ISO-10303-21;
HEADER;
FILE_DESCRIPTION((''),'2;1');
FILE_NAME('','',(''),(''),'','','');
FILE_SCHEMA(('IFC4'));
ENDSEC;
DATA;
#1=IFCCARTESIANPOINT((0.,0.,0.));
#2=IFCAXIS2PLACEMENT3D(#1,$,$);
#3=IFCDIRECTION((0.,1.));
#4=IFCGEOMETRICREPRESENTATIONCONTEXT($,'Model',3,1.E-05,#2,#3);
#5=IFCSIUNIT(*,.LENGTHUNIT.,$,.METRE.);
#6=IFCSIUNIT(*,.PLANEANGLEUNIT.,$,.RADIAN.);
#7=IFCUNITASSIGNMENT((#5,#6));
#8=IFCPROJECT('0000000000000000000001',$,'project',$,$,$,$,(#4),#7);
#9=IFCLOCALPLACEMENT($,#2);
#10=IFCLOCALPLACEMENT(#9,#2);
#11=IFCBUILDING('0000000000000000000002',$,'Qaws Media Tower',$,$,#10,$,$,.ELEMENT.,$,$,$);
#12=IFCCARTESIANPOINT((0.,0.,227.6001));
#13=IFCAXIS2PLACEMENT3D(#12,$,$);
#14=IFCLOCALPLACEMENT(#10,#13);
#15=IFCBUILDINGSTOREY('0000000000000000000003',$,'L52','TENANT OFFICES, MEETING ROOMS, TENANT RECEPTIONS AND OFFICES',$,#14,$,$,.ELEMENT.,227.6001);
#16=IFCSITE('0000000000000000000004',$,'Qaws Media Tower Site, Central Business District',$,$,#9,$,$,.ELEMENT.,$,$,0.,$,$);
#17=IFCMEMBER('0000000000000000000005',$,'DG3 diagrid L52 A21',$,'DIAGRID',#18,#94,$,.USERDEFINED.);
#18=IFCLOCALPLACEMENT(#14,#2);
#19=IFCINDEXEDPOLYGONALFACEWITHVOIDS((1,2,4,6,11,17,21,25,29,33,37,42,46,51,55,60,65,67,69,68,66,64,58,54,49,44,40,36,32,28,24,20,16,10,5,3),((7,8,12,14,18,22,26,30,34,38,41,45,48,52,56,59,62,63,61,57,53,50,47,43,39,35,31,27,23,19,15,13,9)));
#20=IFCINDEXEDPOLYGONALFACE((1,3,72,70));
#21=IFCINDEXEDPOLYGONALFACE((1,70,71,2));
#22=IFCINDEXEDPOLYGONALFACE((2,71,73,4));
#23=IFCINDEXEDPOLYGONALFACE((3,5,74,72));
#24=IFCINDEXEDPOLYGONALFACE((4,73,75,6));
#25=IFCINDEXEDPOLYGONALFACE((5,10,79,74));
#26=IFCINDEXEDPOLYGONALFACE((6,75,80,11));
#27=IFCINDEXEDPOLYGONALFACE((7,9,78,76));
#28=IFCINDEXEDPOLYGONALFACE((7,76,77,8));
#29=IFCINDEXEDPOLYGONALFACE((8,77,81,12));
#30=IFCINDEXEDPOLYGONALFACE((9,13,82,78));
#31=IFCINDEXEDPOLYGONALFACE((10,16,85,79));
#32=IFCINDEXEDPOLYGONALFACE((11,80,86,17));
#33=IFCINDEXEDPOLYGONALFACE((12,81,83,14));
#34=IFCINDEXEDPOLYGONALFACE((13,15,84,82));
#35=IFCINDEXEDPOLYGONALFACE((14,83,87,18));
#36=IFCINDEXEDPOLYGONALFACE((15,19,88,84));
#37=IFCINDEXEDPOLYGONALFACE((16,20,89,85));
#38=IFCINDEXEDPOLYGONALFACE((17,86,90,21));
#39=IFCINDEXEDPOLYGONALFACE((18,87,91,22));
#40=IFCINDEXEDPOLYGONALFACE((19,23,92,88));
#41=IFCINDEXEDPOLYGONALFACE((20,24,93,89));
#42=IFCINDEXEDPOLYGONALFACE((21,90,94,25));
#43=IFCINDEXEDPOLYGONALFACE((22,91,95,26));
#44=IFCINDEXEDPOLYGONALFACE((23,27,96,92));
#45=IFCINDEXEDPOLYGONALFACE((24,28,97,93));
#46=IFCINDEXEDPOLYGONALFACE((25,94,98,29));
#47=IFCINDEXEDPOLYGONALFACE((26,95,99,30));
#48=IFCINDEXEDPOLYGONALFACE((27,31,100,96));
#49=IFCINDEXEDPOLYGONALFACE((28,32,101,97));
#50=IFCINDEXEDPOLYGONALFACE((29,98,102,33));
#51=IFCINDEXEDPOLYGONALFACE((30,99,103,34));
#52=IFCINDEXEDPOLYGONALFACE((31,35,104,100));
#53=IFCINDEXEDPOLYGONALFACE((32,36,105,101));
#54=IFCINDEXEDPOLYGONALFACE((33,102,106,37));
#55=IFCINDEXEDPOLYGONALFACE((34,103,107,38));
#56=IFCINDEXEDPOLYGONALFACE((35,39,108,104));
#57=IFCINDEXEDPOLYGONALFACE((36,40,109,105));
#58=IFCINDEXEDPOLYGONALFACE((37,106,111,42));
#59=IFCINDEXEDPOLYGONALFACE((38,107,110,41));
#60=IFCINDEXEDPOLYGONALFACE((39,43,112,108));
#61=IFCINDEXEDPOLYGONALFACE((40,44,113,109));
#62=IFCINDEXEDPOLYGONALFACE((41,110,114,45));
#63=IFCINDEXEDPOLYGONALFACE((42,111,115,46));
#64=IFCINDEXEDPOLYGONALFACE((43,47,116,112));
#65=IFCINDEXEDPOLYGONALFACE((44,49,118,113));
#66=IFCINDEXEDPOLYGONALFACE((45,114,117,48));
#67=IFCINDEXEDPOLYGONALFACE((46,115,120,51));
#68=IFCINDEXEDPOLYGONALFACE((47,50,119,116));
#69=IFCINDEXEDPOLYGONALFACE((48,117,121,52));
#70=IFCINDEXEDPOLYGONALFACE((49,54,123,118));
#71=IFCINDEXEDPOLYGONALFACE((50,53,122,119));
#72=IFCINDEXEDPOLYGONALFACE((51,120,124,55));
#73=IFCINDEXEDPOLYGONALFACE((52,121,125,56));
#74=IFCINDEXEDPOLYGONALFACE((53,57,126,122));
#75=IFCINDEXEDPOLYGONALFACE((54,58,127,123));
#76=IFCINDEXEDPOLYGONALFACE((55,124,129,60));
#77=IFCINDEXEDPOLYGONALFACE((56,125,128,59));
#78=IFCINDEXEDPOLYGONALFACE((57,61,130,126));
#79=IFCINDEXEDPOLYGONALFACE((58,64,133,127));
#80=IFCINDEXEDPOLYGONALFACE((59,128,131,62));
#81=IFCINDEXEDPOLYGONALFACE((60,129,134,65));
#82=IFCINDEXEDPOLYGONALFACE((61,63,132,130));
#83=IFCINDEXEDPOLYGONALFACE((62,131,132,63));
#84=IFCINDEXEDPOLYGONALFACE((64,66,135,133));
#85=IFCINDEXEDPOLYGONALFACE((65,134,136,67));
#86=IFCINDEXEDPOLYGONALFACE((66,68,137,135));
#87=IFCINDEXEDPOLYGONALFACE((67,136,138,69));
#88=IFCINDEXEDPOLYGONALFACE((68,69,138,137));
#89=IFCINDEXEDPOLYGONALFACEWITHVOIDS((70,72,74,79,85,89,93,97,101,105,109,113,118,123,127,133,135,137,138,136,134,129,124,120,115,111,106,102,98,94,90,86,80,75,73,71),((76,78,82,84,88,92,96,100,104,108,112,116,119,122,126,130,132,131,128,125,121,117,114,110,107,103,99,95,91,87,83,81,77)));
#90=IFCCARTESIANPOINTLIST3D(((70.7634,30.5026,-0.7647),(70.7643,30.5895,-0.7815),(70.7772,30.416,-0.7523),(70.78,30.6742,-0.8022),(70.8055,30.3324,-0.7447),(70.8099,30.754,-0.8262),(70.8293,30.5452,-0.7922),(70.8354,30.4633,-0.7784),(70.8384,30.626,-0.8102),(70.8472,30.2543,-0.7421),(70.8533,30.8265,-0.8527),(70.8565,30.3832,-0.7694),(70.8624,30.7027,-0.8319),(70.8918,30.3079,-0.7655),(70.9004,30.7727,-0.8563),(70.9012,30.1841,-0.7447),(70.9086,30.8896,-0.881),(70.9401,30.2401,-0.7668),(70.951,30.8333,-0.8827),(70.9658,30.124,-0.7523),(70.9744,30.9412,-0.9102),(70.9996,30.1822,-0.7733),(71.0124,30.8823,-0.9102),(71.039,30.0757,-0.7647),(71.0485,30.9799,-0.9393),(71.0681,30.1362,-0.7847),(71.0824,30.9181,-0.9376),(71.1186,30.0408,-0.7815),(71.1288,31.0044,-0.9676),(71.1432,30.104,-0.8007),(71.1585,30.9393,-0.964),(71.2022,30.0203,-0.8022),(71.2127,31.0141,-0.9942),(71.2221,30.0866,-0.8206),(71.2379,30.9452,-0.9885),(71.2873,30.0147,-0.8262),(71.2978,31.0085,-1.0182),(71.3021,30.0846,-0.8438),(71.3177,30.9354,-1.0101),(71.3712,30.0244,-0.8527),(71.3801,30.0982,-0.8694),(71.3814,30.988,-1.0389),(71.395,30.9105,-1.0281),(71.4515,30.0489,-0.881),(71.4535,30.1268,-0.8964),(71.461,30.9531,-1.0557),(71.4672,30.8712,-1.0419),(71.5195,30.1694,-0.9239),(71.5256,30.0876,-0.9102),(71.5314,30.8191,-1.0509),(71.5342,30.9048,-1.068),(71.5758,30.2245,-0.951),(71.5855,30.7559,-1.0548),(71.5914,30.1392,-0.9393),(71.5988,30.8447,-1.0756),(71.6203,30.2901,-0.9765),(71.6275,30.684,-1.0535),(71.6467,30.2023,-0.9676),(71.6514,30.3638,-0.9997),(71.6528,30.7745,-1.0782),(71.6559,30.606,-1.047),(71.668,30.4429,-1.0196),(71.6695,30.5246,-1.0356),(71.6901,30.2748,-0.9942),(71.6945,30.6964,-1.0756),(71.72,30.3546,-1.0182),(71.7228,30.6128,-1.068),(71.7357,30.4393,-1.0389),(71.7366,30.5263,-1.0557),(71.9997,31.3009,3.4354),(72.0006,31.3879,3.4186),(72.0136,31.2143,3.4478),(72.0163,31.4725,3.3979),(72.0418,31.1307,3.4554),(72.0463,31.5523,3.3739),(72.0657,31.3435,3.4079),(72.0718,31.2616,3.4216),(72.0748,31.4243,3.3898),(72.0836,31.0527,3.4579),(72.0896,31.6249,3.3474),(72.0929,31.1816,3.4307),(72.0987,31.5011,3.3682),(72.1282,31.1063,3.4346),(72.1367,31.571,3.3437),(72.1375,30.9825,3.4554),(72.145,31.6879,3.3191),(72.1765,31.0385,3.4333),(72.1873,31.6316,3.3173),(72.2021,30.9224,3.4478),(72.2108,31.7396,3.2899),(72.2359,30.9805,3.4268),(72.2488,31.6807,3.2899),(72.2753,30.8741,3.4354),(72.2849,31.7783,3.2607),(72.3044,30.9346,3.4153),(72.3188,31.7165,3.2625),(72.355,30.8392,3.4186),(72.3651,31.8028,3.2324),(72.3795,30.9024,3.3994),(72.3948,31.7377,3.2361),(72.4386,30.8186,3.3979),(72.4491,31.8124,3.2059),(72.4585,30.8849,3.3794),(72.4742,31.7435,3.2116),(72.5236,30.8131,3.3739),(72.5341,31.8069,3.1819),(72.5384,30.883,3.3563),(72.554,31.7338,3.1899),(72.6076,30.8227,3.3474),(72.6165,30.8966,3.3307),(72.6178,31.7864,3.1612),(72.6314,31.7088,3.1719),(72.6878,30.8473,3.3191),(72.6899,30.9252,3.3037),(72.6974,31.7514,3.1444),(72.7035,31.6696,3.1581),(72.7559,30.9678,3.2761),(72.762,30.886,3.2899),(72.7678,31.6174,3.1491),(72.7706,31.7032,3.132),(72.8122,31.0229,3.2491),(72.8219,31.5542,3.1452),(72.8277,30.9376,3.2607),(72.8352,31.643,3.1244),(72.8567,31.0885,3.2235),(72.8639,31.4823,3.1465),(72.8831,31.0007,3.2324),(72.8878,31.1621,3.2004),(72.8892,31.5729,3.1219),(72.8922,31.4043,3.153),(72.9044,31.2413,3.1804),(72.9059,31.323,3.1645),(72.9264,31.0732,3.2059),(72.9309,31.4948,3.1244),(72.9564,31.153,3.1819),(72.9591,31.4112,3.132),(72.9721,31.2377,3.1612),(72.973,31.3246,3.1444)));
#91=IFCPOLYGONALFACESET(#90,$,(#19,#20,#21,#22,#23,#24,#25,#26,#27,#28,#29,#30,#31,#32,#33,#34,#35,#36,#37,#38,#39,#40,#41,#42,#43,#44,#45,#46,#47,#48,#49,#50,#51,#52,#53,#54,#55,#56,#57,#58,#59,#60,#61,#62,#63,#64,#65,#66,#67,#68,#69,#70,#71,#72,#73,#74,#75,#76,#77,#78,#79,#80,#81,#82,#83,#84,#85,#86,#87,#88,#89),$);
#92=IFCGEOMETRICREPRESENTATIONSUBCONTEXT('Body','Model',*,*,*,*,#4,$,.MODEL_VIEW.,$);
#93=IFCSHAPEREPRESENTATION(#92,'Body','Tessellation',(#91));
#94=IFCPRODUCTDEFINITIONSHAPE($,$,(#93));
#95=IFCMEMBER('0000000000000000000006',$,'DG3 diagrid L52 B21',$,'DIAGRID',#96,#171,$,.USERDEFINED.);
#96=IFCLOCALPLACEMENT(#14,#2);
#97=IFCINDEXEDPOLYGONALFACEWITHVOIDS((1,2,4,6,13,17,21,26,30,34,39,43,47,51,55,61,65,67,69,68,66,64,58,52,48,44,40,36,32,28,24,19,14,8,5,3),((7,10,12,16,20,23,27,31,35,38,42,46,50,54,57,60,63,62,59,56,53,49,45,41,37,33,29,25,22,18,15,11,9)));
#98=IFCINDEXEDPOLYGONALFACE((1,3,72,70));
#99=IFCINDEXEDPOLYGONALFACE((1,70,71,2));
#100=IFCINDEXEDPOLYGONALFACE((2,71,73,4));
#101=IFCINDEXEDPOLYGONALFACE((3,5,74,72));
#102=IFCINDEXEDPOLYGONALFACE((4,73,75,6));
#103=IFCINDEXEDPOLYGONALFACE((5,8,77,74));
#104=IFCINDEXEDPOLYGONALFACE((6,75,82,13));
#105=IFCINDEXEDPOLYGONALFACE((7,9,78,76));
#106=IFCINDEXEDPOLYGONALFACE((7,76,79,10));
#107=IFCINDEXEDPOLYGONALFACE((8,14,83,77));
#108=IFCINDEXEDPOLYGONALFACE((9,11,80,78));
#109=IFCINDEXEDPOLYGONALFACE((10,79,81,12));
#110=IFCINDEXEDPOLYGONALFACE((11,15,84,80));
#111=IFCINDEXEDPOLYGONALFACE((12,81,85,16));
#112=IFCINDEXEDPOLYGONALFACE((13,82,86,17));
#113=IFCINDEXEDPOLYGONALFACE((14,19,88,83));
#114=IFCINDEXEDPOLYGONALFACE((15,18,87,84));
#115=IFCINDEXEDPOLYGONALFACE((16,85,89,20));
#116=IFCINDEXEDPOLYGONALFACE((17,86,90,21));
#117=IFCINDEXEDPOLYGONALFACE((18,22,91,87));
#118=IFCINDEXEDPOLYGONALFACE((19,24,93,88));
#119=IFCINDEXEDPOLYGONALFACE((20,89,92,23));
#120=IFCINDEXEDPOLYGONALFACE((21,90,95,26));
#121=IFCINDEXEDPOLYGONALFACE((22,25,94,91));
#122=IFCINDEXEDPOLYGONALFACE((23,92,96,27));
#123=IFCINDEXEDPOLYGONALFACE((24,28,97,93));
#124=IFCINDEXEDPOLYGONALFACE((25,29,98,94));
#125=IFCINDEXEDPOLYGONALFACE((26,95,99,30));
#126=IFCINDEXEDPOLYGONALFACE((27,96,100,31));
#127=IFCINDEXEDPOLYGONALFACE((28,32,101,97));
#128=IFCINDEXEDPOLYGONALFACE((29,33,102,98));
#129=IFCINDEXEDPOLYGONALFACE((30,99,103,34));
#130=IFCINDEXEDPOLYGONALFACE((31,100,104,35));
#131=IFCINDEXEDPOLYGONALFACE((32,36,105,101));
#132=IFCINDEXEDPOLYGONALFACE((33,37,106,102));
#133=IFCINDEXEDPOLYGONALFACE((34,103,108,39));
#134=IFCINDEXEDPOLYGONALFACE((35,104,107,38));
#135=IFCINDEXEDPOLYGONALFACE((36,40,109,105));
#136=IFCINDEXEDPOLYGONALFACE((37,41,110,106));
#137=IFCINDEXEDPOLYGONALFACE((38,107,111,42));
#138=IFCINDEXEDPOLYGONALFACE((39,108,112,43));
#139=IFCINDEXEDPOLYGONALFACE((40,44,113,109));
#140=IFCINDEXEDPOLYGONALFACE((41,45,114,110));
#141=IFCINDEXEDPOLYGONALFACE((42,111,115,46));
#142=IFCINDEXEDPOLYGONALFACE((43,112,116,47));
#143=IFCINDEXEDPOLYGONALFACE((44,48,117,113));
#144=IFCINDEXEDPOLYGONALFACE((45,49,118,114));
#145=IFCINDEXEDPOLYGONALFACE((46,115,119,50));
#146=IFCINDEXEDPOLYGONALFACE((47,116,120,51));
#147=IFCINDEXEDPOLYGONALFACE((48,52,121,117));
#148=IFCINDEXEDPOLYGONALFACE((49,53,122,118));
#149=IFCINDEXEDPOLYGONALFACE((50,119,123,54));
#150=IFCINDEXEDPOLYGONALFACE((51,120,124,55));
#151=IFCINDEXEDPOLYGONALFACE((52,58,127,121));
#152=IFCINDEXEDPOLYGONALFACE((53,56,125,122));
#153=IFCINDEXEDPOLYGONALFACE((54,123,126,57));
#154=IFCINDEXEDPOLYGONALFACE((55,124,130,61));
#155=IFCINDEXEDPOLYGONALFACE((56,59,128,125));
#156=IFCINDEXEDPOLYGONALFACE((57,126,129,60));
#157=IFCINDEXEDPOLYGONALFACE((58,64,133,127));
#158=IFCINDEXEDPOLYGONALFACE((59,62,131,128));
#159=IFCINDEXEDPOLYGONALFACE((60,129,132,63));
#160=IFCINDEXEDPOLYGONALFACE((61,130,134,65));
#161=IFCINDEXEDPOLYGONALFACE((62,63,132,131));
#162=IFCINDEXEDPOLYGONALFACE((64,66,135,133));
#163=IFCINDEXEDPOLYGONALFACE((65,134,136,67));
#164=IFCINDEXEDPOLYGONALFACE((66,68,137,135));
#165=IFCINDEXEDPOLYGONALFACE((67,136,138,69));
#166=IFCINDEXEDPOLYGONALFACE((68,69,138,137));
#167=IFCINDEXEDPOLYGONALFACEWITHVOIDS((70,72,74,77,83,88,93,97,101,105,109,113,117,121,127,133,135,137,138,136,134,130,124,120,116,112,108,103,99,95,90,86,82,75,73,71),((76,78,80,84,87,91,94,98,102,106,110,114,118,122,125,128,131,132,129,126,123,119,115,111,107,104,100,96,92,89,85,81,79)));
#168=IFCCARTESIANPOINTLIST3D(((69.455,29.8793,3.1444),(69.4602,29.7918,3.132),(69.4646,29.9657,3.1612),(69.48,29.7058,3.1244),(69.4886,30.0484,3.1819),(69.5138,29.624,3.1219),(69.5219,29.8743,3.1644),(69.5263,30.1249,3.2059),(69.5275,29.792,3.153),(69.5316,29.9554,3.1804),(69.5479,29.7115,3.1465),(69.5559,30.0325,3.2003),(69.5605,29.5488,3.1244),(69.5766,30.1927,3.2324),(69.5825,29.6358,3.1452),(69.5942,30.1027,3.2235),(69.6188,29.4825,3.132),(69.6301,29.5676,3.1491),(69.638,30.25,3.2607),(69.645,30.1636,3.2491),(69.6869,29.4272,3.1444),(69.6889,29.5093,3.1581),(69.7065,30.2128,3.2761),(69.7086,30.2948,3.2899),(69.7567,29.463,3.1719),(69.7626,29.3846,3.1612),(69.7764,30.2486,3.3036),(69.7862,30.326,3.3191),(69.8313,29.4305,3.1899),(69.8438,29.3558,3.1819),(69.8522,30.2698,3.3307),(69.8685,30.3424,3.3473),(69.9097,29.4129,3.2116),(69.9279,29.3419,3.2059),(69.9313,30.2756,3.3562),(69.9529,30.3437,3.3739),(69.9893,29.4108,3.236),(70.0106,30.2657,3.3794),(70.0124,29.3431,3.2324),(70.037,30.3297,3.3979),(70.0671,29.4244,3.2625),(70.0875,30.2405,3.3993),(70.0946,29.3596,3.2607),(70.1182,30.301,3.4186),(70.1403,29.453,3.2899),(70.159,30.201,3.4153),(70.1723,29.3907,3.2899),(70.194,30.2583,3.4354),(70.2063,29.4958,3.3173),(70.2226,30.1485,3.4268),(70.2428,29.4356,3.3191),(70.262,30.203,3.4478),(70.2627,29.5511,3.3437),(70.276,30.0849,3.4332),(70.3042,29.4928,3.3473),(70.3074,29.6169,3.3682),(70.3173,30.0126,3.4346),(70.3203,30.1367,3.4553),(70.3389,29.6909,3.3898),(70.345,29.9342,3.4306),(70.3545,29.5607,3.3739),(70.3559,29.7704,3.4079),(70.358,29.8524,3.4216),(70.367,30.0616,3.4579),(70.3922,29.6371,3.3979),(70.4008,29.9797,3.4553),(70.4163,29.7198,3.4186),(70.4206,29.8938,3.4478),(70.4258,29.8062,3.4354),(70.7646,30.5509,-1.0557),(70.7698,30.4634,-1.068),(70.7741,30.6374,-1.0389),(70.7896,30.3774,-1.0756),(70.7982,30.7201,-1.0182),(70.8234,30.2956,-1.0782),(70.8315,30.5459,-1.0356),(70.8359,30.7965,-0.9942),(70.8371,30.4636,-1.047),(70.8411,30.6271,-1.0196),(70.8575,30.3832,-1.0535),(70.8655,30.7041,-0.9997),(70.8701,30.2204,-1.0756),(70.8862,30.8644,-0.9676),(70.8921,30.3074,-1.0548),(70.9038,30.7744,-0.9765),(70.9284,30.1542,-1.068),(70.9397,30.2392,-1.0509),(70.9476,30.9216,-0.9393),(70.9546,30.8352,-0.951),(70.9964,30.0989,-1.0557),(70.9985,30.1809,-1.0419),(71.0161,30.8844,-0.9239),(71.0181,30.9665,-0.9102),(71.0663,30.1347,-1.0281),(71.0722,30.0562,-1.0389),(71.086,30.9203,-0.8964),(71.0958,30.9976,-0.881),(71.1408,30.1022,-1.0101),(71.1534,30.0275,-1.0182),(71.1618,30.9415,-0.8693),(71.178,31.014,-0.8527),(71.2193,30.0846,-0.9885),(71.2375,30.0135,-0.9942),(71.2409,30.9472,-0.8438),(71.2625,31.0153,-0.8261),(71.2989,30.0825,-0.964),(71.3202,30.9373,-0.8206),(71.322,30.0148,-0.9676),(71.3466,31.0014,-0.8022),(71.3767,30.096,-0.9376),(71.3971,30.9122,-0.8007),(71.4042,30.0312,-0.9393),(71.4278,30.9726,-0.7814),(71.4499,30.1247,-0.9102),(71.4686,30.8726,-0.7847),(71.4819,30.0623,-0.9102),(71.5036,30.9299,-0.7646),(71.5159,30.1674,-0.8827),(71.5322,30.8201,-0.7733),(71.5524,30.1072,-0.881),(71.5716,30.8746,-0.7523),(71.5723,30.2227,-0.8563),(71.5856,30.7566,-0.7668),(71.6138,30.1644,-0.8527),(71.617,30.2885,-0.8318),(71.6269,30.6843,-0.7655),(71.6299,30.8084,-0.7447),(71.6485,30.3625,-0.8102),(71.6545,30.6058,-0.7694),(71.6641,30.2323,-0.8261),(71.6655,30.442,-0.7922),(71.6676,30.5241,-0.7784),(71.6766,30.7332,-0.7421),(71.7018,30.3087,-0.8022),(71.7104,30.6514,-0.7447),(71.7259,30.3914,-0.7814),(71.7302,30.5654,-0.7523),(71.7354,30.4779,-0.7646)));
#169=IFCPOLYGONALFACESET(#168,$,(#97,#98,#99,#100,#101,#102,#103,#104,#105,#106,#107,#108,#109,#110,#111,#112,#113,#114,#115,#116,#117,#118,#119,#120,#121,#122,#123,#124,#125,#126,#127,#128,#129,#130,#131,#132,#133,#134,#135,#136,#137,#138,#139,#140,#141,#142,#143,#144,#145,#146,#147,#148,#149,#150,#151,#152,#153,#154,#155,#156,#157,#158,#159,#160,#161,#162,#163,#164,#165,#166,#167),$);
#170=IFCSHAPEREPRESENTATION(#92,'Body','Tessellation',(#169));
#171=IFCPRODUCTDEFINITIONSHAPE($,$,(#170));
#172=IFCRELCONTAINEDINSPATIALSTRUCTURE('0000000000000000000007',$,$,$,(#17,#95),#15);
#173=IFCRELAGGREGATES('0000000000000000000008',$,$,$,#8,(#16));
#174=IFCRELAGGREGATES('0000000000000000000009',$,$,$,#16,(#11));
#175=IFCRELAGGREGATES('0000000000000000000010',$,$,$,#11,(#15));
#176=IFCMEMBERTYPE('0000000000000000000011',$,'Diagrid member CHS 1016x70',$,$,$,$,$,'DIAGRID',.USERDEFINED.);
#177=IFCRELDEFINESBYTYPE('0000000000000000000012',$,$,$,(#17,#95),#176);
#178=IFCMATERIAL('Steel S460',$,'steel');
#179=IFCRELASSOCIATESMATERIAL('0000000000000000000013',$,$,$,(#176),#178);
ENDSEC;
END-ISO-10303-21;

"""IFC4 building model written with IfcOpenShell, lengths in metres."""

from ifc_helpers import new_model, si_unit, direction, frame, origin, origin_2d, place, context, subcontext, project, spatial, hollow_circle, extrude, material, material_profile, profile_set, type_object, element, save


model = new_model("IFC4")

# Units and contexts
model_context = context("Model", 3, precision=1e-05, world=origin(), true_north=direction((0.0, 1.0)))
body_context = subcontext(model_context, "Body", "Model", "MODEL_VIEW")
ifc_project = project(units=[si_unit("LENGTHUNIT", "METRE"), si_unit("PLANEANGLEUNIT", "RADIAN")], contexts=[model_context])

# Site, building, storey
site_placement = place(None, origin())
site = spatial("IfcSite", under=ifc_project, at=site_placement, Name="Qaws Media Tower Site, Central Business District", CompositionType="ELEMENT", RefElevation=0.0)
building_placement = place(site_placement, origin())
building = spatial("IfcBuilding", under=site, at=building_placement, Name="Qaws Media Tower", CompositionType="ELEMENT")
storey_placement = place(building_placement, frame((0.0, 0.0, 227.6001)))
storey = spatial("IfcBuildingStorey", under=building, at=storey_placement, Name="L52", Description="TENANT OFFICES, MEETING ROOMS, TENANT RECEPTIONS AND OFFICES", CompositionType="ELEMENT", Elevation=227.6001)

# Members
ifc_material_1 = material(Name="Steel S460", Category="steel")
ifc_material_profile_1 = material_profile(ifc_material_1, hollow_circle(Radius=0.5081, WallThickness=0.0701, at=origin_2d()), Name="CHS 1016x70")
ifc_profile_set_1 = profile_set([ifc_material_profile_1], Name="Steel S460")
member_type_1 = type_object("IfcMemberType", Name="Diagrid member CHS 1016x70", ElementType="DIAGRID", PredefinedType="USERDEFINED", material=ifc_profile_set_1)
for number, where, z_axis, x_axis, name in (
    (1, (71.25, 30.5144, -0.9102), (0.277806, 0.179389, 0.943739), (-0.542467, 0.840077, 0.0), "DG3 diagrid L52 A21"),
    (2, (71.25, 30.5144, -0.9102), (-0.294262, -0.150916, 0.943734), (0.456347, -0.889802, 0.0), "DG3 diagrid L52 B21"),
):
    element("IfcMember", number, at=place(storey_placement, frame(where, z_axis=z_axis, x_axis=x_axis)), inside=storey, type_object=member_type_1, Name=name, ObjectType="DIAGRID", PredefinedType="USERDEFINED", context=body_context, shape_type="SweptSolid", body=[
        extrude(hollow_circle(Radius=0.5081, WallThickness=0.0701, at=origin_2d()), origin(), (0.0, 0.0, 1.0), 4.4504),
    ])

save(model, "model.ifc")
